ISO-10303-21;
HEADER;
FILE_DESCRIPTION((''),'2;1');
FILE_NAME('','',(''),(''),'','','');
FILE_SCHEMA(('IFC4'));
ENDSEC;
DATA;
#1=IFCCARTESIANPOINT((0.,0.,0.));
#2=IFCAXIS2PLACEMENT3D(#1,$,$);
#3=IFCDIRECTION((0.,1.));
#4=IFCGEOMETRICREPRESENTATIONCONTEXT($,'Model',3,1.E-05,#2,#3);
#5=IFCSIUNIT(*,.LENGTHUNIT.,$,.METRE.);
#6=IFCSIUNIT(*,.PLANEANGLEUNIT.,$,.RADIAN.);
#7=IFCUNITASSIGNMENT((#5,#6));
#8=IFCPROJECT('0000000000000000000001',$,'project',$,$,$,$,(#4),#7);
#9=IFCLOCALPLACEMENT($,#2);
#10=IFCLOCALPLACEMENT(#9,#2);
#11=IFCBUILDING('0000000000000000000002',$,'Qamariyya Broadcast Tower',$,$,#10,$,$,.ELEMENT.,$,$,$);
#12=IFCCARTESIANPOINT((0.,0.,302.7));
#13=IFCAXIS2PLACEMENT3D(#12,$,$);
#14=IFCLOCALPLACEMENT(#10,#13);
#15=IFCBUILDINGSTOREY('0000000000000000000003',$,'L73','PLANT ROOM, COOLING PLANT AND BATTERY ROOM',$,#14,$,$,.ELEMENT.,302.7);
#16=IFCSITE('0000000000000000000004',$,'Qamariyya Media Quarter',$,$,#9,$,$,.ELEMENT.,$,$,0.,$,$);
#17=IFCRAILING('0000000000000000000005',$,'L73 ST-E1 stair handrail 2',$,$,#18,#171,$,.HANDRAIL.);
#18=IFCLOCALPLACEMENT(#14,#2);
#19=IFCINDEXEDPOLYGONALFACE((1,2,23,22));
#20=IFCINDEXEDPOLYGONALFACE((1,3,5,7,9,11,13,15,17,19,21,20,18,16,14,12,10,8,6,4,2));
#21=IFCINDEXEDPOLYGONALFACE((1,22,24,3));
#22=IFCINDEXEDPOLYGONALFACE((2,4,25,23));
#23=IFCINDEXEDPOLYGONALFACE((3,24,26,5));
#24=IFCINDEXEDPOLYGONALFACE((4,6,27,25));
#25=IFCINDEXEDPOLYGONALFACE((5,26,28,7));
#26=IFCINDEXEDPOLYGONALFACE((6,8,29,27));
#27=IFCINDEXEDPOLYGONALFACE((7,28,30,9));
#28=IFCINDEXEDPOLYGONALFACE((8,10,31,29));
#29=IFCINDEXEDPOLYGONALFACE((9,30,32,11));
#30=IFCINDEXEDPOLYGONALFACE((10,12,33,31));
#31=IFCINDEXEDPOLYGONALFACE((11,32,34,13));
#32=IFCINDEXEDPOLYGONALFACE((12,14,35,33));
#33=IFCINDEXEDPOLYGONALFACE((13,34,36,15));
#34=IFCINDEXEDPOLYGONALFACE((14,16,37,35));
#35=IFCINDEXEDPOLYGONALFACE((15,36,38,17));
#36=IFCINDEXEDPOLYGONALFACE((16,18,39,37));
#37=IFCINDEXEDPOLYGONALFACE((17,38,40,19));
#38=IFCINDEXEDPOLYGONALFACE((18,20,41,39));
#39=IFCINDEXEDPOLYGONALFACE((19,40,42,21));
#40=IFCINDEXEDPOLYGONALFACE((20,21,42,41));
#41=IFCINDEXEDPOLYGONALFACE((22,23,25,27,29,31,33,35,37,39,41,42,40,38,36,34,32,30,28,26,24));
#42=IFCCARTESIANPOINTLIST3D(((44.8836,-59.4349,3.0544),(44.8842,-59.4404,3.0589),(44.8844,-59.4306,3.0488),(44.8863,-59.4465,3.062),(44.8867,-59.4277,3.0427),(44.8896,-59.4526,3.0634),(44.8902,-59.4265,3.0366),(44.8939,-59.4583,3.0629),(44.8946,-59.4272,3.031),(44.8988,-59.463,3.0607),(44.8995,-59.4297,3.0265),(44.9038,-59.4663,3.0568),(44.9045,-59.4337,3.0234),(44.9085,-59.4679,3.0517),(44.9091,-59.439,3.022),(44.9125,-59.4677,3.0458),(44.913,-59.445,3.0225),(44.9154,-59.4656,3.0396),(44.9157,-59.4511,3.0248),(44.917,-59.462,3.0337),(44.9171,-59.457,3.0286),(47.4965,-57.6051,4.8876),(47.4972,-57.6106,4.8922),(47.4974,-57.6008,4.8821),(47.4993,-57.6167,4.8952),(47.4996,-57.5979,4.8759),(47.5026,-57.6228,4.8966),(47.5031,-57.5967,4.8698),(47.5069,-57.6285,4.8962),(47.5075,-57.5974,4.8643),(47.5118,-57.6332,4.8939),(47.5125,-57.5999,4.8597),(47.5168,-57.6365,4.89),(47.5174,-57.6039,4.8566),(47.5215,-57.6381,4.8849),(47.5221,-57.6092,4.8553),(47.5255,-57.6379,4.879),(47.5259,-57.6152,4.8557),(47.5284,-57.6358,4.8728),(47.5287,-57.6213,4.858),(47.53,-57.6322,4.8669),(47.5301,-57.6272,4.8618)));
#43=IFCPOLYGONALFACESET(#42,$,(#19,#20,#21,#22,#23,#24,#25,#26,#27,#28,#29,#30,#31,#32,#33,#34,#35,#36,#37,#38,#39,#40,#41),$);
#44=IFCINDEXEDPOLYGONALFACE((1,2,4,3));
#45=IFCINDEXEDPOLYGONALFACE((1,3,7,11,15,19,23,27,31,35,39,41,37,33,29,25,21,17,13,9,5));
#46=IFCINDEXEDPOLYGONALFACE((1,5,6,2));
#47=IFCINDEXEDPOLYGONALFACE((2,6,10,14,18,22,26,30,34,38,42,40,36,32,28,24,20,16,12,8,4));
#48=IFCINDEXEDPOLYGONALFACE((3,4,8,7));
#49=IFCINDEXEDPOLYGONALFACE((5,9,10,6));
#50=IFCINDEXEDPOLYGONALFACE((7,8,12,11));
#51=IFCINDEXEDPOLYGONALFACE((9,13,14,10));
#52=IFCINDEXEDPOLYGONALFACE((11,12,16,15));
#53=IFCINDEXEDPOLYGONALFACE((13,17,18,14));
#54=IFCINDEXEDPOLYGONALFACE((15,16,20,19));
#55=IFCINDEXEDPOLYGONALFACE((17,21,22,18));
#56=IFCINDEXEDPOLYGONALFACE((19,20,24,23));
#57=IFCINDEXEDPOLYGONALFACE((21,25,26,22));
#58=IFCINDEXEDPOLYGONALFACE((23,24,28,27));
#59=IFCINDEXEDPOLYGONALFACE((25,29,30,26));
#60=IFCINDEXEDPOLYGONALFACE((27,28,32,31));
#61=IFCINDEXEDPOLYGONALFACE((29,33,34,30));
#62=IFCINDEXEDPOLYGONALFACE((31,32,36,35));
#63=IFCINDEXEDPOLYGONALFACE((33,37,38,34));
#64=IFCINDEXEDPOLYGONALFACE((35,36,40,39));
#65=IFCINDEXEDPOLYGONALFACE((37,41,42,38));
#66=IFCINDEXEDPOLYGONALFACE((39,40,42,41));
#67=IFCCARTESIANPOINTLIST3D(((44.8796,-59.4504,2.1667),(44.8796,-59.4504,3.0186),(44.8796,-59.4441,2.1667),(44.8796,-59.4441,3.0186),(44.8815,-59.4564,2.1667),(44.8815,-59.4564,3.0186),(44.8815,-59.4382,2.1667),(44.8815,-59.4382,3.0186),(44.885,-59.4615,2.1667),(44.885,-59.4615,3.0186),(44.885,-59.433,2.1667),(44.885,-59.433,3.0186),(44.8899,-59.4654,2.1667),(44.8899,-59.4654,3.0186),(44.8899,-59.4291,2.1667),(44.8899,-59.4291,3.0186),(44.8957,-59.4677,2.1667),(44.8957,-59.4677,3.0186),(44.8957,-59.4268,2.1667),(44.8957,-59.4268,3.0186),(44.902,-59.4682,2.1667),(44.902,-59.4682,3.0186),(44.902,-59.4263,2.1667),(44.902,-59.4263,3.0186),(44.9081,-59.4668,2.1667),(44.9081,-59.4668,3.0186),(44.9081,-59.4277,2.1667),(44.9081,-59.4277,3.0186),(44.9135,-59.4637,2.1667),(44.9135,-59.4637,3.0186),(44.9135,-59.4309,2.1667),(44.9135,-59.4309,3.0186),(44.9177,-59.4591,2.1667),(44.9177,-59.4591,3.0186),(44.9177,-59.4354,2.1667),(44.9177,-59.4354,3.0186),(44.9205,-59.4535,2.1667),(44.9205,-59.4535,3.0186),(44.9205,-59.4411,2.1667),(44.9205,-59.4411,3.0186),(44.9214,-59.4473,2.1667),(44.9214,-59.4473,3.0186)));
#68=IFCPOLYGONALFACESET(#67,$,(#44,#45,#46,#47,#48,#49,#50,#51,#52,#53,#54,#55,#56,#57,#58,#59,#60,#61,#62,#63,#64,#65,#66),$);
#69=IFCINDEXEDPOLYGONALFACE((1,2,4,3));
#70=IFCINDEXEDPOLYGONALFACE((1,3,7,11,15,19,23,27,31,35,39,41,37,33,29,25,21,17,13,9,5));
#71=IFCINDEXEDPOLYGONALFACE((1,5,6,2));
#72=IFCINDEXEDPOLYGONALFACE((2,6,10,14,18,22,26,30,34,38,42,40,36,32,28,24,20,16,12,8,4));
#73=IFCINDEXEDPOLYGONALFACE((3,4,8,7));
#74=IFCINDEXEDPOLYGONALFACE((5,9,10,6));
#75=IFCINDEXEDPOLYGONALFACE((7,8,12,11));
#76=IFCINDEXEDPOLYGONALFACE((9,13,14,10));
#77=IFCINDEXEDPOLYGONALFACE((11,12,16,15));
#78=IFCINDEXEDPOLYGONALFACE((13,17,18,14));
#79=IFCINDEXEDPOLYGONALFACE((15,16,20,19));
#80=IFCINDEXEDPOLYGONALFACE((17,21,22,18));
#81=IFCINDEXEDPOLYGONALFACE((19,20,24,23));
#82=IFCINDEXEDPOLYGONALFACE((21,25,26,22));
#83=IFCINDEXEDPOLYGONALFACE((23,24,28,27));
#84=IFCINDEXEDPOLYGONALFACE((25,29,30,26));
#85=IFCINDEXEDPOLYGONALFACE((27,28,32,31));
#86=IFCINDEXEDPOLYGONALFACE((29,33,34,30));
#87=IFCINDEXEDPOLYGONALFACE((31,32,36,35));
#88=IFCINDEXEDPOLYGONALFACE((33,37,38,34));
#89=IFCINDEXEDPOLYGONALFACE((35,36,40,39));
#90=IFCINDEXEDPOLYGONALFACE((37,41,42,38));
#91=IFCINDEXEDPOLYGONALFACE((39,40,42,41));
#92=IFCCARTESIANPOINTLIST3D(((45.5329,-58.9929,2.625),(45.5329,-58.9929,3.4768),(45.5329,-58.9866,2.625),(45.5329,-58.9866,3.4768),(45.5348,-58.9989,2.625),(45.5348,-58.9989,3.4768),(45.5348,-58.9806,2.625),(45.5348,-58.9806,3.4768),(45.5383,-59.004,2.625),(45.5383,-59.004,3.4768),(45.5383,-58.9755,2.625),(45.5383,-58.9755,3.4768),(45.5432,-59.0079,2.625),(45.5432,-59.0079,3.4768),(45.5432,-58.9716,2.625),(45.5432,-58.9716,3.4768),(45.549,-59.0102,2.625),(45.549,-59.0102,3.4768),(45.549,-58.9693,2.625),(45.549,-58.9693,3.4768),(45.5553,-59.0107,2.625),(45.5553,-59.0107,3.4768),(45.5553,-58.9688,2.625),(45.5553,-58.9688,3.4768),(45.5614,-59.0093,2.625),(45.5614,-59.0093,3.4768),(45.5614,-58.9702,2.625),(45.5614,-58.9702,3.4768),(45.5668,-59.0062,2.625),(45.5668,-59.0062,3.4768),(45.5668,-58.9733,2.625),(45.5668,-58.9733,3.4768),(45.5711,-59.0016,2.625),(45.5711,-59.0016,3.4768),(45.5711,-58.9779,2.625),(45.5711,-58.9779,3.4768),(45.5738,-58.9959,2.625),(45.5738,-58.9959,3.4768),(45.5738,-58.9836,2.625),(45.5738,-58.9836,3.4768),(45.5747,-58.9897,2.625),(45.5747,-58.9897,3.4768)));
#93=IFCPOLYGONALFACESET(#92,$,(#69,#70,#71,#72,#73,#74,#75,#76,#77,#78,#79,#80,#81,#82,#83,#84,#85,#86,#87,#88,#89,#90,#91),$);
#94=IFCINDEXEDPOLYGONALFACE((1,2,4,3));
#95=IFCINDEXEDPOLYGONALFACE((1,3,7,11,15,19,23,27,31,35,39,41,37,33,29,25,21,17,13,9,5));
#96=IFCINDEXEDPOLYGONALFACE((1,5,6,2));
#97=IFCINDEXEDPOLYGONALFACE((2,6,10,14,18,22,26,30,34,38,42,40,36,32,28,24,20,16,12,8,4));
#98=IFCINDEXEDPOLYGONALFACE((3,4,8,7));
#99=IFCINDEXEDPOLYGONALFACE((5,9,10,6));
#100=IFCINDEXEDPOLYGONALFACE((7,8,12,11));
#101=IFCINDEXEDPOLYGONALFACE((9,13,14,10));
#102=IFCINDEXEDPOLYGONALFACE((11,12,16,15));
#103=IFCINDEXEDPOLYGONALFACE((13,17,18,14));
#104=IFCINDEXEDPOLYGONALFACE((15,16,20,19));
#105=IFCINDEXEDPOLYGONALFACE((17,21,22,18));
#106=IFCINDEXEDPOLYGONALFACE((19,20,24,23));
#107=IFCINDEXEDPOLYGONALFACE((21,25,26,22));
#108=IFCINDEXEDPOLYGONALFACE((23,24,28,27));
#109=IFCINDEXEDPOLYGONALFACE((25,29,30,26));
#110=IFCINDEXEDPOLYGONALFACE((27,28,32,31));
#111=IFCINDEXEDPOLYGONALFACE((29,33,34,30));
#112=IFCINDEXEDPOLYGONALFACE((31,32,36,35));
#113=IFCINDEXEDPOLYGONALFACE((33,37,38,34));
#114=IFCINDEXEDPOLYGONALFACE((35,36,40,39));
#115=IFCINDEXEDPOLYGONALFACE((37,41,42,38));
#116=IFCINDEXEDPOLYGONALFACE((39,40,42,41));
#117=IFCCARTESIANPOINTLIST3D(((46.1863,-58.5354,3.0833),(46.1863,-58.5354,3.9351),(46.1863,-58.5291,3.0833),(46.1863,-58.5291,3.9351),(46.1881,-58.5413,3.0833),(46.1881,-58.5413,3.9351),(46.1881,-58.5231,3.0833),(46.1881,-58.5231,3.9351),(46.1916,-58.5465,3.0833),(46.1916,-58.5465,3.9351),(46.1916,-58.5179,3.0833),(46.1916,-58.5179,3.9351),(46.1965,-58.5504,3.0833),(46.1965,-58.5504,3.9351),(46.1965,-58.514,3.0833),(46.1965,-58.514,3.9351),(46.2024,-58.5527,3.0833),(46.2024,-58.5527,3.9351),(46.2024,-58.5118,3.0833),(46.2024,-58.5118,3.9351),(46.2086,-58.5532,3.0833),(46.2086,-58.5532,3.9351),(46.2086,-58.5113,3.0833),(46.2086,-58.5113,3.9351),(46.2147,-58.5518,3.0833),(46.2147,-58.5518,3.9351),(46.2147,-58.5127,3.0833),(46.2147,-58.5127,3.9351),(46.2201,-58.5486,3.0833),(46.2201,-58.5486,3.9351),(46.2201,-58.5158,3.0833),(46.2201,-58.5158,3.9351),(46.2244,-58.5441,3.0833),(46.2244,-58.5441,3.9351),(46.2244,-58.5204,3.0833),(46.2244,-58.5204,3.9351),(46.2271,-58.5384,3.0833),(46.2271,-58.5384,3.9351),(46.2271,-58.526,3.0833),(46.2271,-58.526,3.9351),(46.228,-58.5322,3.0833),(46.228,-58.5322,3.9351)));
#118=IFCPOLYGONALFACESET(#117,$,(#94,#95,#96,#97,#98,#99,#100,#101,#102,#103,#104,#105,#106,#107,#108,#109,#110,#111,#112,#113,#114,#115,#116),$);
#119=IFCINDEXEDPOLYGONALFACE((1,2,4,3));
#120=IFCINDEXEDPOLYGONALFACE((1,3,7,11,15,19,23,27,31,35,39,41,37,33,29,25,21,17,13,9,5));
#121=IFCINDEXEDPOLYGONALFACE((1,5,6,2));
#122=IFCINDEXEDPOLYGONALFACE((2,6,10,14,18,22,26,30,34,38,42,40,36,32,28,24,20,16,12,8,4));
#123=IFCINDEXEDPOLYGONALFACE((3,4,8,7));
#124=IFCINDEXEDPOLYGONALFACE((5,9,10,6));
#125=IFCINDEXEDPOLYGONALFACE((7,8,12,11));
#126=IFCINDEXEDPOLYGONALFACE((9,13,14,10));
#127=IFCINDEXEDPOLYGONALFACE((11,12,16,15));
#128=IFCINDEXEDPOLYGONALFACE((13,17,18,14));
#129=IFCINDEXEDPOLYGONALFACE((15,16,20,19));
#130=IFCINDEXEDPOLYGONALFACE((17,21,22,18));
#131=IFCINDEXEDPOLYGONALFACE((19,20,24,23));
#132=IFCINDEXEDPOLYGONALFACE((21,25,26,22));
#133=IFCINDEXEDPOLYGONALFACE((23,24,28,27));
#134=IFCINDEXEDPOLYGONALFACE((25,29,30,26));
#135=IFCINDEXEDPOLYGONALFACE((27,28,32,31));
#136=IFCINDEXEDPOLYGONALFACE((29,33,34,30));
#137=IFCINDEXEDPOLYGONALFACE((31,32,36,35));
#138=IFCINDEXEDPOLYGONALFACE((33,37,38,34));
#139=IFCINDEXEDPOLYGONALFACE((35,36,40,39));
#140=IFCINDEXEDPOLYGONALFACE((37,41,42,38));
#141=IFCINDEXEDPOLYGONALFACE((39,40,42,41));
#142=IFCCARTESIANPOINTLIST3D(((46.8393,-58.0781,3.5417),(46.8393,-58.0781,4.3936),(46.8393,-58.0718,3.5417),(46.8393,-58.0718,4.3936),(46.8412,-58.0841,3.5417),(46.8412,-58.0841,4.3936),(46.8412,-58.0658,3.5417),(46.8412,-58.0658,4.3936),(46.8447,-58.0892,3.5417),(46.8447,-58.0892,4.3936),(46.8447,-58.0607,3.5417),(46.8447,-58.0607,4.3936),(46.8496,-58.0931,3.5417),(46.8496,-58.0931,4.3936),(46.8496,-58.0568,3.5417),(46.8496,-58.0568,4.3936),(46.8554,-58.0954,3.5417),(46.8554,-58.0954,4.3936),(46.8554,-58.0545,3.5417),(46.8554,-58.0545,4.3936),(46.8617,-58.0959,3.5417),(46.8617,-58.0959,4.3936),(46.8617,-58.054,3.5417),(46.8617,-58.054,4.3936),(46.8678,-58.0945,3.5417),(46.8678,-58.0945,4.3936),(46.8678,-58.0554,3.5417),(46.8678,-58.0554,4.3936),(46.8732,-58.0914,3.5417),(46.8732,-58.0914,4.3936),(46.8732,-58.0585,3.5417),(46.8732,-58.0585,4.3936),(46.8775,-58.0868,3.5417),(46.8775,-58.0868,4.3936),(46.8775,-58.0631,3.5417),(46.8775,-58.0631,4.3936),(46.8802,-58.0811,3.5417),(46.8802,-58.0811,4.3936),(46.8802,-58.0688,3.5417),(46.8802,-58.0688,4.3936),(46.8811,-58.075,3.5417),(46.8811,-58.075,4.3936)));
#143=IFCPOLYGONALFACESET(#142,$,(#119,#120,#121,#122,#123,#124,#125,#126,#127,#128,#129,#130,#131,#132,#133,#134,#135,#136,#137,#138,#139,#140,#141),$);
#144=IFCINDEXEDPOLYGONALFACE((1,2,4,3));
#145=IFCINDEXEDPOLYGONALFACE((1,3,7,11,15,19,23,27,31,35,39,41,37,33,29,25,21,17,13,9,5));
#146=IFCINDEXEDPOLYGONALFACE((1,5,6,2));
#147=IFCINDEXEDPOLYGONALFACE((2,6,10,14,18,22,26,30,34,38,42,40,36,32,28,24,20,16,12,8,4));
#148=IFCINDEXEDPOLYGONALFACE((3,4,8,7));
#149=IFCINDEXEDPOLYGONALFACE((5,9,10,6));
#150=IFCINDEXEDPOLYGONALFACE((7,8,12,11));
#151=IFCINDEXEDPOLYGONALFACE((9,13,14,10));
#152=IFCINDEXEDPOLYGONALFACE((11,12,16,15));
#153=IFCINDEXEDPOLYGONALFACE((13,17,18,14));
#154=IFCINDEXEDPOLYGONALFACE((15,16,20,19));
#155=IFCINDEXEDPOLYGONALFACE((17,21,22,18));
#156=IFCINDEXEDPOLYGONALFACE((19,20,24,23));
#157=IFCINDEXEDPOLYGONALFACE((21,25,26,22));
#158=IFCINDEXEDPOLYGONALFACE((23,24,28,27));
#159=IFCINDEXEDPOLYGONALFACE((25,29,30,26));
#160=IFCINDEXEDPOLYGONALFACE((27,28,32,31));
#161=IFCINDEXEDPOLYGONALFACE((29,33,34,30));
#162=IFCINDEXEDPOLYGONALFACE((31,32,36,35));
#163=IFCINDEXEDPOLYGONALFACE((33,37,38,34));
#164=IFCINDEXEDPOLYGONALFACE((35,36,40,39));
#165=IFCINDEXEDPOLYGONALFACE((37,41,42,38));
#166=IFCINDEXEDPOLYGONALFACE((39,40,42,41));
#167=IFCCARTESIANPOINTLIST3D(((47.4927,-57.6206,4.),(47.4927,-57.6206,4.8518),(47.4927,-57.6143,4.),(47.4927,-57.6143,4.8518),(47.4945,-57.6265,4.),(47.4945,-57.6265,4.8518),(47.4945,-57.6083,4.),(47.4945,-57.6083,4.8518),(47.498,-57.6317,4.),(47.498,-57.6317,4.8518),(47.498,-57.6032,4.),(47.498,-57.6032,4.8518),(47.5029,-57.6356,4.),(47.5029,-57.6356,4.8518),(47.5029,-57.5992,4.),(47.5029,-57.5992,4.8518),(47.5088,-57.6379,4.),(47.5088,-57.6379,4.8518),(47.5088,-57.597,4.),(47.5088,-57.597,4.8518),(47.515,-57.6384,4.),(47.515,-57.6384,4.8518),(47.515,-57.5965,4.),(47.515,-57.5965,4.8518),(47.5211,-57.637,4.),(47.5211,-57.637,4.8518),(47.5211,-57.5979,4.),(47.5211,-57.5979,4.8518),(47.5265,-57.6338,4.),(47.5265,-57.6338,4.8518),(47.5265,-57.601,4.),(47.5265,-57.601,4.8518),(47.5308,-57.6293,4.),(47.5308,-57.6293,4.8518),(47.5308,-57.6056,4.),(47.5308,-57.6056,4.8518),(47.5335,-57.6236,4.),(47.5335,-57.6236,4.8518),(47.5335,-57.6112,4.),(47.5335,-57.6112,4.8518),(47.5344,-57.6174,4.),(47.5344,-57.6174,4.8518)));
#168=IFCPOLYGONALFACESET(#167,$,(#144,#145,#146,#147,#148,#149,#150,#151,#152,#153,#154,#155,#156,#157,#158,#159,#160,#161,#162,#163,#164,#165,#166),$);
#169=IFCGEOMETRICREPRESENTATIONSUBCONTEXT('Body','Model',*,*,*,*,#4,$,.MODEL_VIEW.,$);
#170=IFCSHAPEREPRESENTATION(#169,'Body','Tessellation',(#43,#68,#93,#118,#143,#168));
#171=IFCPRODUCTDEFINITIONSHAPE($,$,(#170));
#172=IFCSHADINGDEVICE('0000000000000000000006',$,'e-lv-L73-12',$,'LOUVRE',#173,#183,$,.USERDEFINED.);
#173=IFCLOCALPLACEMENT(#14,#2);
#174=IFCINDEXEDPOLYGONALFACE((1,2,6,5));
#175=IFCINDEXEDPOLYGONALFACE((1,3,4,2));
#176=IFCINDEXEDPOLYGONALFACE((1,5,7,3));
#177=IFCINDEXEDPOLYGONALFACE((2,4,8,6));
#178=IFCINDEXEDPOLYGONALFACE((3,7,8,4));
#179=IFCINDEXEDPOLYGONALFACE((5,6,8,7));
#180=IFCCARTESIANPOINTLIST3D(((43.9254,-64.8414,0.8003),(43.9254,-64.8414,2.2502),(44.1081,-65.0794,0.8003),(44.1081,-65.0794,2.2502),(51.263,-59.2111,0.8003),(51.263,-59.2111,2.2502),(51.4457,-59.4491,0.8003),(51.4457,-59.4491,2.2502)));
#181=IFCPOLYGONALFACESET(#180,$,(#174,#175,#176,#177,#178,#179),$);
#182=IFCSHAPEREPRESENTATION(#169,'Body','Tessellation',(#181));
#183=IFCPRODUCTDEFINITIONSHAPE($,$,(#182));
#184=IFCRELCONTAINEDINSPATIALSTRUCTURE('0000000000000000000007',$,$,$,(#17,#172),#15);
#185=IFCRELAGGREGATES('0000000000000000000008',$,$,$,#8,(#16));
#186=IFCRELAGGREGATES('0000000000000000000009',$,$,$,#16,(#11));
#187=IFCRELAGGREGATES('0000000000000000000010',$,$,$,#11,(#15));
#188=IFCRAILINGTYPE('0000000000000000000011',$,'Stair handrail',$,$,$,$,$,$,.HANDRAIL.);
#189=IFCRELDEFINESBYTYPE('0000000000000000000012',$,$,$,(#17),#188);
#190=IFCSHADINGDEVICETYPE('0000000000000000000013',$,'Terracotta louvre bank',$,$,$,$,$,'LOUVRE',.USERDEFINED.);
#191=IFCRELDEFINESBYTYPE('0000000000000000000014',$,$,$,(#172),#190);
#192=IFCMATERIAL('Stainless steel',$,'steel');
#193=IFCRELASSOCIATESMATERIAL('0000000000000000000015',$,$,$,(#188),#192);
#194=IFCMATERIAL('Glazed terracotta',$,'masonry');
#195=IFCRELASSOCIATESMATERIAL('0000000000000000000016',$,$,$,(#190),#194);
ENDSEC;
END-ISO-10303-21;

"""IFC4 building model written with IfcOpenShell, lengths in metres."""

from ifc_helpers import new_model, si_unit, direction, frame, origin, origin_2d, place, context, subcontext, project, spatial, rectangle, circle, extrude, material, type_object, element, save


model = new_model("IFC4")

# Units and contexts
model_context = context("Model", 3, precision=1e-05, world=origin(), true_north=direction((0.0, 1.0)))
body_context = subcontext(model_context, "Body", "Model", "MODEL_VIEW")
ifc_project = project(units=[si_unit("LENGTHUNIT", "METRE"), si_unit("PLANEANGLEUNIT", "RADIAN")], contexts=[model_context])

# Site, building, storey
site_placement = place(None, origin())
site = spatial("IfcSite", under=ifc_project, at=site_placement, Name="Qamariyya Media Quarter", CompositionType="ELEMENT", RefElevation=0.0)
building_placement = place(site_placement, origin())
building = spatial("IfcBuilding", under=site, at=building_placement, Name="Qamariyya Broadcast Tower", CompositionType="ELEMENT")
storey_placement = place(building_placement, frame((0.0, 0.0, 302.7)))
storey = spatial("IfcBuildingStorey", under=building, at=storey_placement, Name="L73", Description="PLANT ROOM, COOLING PLANT AND BATTERY ROOM", CompositionType="ELEMENT", Elevation=302.7)

# Railing
ifc_material_1 = material(Name="Stainless steel", Category="steel")
railing_type_1 = type_object("IfcRailingType", Name="Stair handrail", PredefinedType="HANDRAIL", material=ifc_material_1)
railing_1_placement = place(storey_placement, frame((44.9004, -59.4473, 2.1667)))
element("IfcRailing", 1, at=railing_1_placement, inside=storey, type_object=railing_type_1, Name="L73 ST-E1 stair handrail 2", PredefinedType="HANDRAIL", context=body_context, shape_type="SweptSolid", body=[
    extrude(circle(Radius=0.0239, at=origin_2d()), frame((0.0, 0.0, 0.876), z_axis=(0.710204, 0.497335, 0.498264), x_axis=(-0.573611, 0.819128, 0.0)), (0.0, 0.0, 1.0), 3.6792),
    extrude(circle(Radius=0.021, at=origin_2d()), origin(), (0.0, 0.0, 1.0), 0.8518),
    extrude(circle(Radius=0.021, at=origin_2d()), frame((0.6533, 0.4575, 0.4583)), (0.0, 0.0, 1.0), 0.8518),
    extrude(circle(Radius=0.021, at=origin_2d()), frame((1.3066, 0.915, 0.9165)), (0.0, 0.0, 1.0), 0.8518),
    extrude(circle(Radius=0.021, at=origin_2d()), frame((1.9597, 1.3723, 1.375)), (0.0, 0.0, 1.0), 0.8518),
    extrude(circle(Radius=0.021, at=origin_2d()), frame((2.613, 1.8298, 1.8333)), (0.0, 0.0, 1.0), 0.8518),
])

# Shading device
ifc_material_2 = material(Name="Glazed terracotta", Category="masonry")
shading_device_type = type_object("IfcShadingDeviceType", Name="Terracotta louvre bank", ElementType="LOUVRE", PredefinedType="USERDEFINED", material=ifc_material_2)
shading_device_placement = place(storey_placement, frame((47.6855, -62.1453, 0.8003), z_axis=(0.0, 0.0, 1.0), x_axis=(0.793353, 0.608761, 0.0)))
element("IfcShadingDevice", 2, at=shading_device_placement, inside=storey, type_object=shading_device_type, Name="e-lv-L73-12", ObjectType="LOUVRE", PredefinedType="USERDEFINED", context=body_context, shape_type="SweptSolid", body=[
    extrude(rectangle(XDim=9.2488, YDim=0.3, at=origin_2d()), origin(), (0.0, 0.0, 1.0), 1.45),
])

save(model, "model.ifc")
